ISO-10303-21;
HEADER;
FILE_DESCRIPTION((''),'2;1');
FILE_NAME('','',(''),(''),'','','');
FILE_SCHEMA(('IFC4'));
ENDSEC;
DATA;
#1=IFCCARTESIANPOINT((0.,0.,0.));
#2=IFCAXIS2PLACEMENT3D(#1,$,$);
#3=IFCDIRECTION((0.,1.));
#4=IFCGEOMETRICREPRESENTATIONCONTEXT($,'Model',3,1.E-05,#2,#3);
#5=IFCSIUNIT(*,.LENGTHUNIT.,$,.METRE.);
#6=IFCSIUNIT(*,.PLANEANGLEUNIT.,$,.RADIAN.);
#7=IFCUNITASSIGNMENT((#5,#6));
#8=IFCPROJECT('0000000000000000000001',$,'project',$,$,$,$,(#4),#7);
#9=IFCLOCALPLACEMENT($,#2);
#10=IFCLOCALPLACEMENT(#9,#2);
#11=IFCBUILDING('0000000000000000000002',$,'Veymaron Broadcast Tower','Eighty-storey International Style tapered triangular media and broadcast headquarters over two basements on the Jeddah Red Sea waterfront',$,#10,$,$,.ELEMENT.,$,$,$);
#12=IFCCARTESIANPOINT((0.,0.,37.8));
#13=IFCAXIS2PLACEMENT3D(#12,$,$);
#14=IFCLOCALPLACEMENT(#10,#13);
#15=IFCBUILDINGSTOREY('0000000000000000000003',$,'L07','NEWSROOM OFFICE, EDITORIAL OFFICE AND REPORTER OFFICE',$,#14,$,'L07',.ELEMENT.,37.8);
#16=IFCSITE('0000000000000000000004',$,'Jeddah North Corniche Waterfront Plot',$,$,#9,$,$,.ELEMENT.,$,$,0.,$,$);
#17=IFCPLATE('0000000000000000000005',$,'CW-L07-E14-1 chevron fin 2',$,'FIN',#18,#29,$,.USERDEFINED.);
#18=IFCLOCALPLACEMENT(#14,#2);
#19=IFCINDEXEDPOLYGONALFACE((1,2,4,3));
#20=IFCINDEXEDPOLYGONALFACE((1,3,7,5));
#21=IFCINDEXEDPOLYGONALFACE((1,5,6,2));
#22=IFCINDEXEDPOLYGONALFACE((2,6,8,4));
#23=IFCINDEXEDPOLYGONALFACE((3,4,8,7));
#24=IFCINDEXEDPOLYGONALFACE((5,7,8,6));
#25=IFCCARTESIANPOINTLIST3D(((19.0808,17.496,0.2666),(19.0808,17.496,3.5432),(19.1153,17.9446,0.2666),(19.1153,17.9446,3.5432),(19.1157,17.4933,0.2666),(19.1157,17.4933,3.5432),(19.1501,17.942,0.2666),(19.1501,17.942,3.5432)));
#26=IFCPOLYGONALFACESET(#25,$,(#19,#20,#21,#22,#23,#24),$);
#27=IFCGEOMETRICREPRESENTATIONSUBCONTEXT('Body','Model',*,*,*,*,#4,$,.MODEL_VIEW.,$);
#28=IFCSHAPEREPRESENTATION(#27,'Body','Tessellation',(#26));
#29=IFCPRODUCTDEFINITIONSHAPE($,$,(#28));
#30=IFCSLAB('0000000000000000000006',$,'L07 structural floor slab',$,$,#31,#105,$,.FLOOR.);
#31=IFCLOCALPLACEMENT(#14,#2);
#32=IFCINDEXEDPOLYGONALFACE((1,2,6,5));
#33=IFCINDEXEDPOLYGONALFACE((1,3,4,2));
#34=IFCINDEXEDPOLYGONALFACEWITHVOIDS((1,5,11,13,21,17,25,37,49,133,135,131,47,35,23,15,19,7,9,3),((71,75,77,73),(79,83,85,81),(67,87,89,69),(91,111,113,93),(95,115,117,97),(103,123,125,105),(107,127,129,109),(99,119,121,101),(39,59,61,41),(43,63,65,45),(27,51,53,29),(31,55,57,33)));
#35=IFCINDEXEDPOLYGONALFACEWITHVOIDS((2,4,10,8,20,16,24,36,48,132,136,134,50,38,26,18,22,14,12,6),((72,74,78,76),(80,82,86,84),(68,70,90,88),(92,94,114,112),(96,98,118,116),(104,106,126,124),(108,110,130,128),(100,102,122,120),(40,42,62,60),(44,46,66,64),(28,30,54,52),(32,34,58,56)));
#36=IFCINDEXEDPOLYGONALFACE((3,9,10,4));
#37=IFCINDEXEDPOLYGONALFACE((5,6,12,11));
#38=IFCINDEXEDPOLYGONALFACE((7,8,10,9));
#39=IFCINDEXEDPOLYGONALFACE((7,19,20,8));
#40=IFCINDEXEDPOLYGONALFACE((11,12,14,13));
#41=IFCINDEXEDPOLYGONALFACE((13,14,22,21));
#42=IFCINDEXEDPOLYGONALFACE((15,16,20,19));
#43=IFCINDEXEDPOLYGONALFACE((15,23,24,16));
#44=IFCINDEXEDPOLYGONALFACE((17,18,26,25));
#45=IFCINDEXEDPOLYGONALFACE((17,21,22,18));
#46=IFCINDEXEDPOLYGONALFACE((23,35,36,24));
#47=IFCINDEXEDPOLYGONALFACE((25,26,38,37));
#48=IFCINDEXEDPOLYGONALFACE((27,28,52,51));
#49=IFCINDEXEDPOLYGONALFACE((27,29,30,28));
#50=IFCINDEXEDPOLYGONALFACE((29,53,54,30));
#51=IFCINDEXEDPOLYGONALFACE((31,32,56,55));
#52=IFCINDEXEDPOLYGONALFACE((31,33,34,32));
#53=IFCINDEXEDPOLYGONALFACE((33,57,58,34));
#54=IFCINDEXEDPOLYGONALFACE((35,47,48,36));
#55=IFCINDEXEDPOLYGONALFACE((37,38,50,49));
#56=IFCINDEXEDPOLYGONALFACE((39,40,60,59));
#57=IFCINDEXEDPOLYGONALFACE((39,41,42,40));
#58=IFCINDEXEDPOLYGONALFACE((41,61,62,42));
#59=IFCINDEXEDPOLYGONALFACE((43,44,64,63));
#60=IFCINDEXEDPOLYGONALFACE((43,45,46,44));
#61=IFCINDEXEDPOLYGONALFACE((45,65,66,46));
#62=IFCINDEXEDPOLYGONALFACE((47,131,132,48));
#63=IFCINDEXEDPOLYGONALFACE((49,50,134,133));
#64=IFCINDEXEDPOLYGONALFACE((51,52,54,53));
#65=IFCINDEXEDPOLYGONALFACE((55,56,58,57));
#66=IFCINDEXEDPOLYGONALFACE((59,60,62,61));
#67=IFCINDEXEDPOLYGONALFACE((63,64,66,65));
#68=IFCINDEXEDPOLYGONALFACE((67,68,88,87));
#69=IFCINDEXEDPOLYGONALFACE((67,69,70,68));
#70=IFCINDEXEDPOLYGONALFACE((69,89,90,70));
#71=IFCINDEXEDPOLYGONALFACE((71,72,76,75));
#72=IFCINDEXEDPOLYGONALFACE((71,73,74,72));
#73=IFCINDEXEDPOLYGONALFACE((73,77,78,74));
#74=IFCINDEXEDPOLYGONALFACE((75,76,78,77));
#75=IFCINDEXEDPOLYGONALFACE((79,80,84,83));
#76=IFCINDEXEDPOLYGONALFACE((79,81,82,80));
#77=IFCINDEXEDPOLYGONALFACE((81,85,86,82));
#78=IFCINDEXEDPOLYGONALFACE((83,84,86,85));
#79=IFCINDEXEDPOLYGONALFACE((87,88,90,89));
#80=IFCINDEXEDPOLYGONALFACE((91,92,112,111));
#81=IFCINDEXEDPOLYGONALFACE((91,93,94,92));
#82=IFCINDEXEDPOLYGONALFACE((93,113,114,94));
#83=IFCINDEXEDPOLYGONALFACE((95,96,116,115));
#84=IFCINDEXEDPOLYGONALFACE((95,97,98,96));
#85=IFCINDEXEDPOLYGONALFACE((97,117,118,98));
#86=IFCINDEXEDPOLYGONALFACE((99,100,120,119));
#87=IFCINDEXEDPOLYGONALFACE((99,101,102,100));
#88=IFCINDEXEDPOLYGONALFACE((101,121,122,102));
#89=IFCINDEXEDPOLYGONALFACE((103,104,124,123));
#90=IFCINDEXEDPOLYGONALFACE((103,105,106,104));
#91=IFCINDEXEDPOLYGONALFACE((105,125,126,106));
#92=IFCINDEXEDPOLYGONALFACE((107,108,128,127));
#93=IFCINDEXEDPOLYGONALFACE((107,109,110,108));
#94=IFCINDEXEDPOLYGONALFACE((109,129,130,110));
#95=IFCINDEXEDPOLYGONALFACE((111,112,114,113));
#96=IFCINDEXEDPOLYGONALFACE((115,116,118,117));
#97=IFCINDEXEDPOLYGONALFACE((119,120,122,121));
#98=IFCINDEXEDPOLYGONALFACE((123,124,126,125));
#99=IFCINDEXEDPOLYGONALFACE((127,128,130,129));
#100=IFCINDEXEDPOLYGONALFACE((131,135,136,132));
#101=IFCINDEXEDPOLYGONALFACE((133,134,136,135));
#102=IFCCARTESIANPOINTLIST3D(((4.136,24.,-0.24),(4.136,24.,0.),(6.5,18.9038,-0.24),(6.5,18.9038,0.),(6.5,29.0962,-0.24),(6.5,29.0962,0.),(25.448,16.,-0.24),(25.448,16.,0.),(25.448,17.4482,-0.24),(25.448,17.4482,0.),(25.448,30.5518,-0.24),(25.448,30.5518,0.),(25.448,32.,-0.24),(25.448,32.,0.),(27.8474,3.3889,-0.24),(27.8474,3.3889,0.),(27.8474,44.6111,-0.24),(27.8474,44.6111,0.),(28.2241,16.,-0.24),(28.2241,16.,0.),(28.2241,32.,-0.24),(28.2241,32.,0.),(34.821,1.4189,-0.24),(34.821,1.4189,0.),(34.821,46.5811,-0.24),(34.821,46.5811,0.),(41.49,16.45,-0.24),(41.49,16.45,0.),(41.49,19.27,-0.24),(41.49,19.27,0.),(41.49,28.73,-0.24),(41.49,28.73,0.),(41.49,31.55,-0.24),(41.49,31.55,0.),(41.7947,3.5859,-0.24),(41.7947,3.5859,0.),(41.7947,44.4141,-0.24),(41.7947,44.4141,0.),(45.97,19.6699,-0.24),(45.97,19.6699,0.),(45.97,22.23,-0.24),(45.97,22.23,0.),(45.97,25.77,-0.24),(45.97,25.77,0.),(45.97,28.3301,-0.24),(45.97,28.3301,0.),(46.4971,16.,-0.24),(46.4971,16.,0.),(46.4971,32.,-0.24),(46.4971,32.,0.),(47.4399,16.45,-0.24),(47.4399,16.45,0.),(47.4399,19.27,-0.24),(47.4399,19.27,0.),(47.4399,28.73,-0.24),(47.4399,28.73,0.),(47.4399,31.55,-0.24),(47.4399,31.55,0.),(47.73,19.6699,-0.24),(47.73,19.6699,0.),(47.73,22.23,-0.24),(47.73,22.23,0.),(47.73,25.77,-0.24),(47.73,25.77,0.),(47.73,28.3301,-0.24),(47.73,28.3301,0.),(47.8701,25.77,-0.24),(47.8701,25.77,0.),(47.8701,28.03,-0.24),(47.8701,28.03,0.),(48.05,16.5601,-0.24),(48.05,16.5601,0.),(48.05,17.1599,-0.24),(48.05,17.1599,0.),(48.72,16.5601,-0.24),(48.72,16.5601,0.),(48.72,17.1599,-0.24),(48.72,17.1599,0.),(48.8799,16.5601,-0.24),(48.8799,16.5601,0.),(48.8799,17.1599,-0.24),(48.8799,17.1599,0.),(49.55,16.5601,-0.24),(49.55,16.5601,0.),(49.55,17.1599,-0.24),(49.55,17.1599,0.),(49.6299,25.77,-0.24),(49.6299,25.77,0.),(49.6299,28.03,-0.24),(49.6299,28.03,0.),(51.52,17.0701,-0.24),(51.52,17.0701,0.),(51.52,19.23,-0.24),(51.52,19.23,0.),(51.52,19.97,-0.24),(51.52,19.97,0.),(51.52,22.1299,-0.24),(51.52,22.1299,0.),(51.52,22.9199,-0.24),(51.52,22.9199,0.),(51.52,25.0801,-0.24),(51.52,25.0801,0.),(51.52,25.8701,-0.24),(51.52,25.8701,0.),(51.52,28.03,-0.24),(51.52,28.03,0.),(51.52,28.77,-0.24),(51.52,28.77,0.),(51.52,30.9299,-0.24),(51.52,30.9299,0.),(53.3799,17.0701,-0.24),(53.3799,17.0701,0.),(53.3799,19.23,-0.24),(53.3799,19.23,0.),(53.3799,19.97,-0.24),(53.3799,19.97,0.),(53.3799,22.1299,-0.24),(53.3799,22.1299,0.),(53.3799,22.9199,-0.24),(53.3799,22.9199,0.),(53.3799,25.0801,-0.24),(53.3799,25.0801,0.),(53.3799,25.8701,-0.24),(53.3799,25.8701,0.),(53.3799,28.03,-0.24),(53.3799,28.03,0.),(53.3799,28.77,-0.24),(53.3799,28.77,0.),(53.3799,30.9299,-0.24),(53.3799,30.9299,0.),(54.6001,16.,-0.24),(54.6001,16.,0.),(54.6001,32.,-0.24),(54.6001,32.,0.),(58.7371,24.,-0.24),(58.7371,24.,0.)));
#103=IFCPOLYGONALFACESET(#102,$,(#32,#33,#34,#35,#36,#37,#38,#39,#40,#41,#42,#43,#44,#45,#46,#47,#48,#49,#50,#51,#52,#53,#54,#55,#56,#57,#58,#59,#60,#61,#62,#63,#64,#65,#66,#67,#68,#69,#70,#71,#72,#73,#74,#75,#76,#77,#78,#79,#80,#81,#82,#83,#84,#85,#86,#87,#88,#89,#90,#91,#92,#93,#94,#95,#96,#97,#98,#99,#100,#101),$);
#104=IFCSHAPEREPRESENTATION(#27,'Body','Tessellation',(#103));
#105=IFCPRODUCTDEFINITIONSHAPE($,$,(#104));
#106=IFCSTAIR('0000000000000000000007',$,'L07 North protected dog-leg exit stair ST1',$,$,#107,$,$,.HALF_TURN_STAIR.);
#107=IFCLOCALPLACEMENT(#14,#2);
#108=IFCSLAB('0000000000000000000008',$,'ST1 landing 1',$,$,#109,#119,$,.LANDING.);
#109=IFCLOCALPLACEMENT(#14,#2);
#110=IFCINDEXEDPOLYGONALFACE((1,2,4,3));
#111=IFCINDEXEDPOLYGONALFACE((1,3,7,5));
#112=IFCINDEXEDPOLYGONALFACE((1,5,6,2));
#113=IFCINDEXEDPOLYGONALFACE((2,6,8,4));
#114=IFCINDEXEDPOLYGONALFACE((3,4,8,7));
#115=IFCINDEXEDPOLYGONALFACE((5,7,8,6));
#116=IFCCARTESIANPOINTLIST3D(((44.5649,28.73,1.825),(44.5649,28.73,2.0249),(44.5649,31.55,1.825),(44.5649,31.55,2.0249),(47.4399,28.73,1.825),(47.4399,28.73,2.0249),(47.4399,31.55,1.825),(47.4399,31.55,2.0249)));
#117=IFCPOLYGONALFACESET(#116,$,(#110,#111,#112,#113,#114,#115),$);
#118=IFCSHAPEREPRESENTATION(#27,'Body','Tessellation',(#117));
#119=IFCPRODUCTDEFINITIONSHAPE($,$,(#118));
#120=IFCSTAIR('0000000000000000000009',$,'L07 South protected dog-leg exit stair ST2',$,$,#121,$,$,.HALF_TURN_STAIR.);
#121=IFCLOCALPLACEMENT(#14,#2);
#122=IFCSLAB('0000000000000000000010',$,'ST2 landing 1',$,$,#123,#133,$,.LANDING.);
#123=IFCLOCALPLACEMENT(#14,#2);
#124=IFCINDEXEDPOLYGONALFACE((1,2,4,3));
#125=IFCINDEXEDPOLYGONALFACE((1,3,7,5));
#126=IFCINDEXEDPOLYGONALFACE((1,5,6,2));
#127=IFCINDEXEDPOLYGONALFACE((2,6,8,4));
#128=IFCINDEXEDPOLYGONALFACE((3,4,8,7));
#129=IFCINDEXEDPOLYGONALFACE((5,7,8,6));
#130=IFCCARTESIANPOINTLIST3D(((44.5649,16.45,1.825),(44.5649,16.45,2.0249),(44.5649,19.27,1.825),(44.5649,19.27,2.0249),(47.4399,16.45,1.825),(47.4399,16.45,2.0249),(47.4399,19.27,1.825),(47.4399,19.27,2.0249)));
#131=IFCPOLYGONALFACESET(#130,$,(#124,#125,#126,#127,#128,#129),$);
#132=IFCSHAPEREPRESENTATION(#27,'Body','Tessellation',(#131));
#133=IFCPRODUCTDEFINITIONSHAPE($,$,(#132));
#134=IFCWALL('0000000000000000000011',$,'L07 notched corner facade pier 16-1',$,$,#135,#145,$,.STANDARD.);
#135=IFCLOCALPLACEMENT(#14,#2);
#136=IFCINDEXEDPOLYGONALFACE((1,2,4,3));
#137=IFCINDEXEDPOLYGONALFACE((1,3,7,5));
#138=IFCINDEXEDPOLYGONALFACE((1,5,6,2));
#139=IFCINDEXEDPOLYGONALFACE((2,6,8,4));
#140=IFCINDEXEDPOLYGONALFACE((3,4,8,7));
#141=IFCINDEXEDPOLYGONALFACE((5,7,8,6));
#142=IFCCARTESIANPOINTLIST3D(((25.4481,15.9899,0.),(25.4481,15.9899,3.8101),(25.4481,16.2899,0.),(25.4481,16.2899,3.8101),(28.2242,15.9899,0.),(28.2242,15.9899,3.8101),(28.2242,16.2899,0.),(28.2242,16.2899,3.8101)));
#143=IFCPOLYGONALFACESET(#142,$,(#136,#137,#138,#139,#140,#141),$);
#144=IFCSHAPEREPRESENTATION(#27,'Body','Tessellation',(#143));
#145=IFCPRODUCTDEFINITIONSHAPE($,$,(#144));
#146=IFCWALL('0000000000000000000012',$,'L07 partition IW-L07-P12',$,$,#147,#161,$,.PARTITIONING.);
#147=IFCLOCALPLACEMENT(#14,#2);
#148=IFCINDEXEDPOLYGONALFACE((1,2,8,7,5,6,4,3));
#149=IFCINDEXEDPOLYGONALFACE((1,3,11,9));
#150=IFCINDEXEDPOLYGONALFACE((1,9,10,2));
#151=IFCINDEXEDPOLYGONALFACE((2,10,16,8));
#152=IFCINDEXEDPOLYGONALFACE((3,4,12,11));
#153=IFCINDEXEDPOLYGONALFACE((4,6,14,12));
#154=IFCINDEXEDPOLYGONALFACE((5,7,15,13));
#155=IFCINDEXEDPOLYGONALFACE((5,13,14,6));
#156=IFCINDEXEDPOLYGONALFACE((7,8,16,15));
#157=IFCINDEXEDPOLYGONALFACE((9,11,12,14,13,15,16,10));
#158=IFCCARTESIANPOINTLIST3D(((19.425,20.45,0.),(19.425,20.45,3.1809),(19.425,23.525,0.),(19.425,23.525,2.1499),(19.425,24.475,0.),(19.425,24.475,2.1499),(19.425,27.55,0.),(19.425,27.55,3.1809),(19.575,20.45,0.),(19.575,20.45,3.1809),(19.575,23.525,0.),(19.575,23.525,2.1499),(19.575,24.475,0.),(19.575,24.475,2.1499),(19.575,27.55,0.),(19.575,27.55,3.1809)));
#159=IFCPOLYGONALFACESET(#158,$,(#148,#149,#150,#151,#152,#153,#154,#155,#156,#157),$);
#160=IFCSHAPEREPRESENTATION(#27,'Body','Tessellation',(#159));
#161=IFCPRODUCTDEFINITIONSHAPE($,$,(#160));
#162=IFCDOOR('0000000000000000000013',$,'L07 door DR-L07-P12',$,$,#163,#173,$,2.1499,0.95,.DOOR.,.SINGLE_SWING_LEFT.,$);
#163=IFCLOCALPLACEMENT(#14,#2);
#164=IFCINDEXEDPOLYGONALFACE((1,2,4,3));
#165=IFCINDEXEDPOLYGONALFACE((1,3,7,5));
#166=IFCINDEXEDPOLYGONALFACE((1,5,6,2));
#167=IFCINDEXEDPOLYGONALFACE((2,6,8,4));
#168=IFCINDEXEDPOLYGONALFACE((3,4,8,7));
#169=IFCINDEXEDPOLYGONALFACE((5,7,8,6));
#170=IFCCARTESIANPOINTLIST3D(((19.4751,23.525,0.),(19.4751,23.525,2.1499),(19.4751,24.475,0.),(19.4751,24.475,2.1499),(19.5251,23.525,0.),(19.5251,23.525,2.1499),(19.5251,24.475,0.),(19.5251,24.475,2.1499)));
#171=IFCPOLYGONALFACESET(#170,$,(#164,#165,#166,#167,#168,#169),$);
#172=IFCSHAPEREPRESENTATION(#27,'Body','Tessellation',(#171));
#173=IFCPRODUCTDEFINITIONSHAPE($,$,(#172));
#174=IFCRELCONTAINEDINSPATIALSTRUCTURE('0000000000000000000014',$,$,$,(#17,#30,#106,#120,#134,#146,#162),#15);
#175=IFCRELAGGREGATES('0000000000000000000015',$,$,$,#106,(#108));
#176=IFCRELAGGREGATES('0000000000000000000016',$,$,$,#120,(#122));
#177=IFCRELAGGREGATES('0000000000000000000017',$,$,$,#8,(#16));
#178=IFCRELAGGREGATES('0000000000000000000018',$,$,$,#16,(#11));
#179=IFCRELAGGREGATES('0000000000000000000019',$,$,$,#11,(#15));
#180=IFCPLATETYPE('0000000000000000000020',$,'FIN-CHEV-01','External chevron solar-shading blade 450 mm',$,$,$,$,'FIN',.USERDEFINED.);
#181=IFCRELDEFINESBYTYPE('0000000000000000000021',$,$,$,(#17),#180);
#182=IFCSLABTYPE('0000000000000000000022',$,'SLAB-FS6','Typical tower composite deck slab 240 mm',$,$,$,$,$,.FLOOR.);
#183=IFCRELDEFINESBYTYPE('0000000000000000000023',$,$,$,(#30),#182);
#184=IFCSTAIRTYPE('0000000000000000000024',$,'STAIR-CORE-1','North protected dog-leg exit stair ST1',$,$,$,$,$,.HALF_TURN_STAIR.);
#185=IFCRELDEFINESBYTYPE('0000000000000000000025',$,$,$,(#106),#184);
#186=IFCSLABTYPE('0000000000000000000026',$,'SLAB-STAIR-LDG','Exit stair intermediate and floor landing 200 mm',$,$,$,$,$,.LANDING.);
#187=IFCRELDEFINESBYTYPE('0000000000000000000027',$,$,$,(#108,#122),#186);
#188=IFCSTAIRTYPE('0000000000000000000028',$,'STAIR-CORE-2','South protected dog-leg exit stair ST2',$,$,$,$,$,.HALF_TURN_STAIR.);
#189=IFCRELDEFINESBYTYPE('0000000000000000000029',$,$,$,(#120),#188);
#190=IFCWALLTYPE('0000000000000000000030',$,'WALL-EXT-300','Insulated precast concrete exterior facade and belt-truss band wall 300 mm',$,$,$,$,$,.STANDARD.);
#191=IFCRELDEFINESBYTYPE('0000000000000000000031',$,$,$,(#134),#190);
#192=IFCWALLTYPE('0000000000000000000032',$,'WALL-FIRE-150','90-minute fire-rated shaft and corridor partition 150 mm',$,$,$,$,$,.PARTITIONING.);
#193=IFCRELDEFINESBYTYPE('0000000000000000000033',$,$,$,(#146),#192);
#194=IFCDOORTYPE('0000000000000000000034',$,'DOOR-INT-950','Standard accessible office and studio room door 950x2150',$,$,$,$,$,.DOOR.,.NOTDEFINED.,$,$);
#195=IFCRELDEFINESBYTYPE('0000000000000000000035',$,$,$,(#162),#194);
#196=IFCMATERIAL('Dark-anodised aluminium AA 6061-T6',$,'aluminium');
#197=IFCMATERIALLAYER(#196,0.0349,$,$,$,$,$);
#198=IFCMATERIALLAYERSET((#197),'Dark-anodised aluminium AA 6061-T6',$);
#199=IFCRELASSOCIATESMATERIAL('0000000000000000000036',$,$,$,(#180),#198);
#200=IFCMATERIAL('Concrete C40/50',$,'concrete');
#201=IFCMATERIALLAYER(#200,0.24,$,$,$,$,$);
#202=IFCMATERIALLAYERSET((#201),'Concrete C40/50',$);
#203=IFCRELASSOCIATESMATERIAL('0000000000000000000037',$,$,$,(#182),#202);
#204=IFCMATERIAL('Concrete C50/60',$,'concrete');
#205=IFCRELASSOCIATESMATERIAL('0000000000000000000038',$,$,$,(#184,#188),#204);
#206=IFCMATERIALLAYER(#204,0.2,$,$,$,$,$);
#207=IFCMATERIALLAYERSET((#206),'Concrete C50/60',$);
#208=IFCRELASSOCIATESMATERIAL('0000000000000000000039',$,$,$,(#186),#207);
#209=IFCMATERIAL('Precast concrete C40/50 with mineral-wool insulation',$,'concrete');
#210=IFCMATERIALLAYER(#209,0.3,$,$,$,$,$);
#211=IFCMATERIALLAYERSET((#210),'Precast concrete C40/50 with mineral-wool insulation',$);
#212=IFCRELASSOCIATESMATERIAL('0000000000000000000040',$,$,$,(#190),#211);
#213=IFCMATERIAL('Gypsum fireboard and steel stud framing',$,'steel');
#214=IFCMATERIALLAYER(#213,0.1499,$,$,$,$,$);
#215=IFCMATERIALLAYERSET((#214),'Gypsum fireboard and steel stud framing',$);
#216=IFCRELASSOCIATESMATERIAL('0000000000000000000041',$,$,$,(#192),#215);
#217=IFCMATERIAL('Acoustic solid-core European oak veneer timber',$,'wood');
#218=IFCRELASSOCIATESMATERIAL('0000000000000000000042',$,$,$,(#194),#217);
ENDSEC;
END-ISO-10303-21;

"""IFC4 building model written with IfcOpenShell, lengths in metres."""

from ifc_helpers import new_model, si_unit, direction, frame, frame_2d, origin, origin_2d, place, context, subcontext, project, spatial, polyline, rectangle, outline, extrude, material, layer, layer_set, type_object, element, fill, aggregate, save


model = new_model("IFC4")

# Units and contexts
model_context = context("Model", 3, precision=1e-05, world=origin(), true_north=direction((0.0, 1.0)))
body_context = subcontext(model_context, "Body", "Model", "MODEL_VIEW")
ifc_project = project(units=[si_unit("LENGTHUNIT", "METRE"), si_unit("PLANEANGLEUNIT", "RADIAN")], contexts=[model_context])

# Site, building, storey
site_placement = place(None, origin())
site = spatial("IfcSite", under=ifc_project, at=site_placement, Name="Jeddah North Corniche Waterfront Plot", CompositionType="ELEMENT", RefElevation=0.0)
building_placement = place(site_placement, origin())
building = spatial("IfcBuilding", under=site, at=building_placement, Name="Veymaron Broadcast Tower", Description="Eighty-storey International Style tapered triangular media and broadcast headquarters over two basements on the Jeddah Red Sea waterfront", CompositionType="ELEMENT")
storey_placement = place(building_placement, frame((0.0, 0.0, 37.8)))
storey = spatial("IfcBuildingStorey", under=building, at=storey_placement, Name="L07", Description="NEWSROOM OFFICE, EDITORIAL OFFICE AND REPORTER OFFICE", LongName="L07", CompositionType="ELEMENT", Elevation=37.8)

# Plate
ifc_material_1 = material(Name="Dark-anodised aluminium AA 6061-T6", Category="aluminium")
ifc_layer_1 = layer(ifc_material_1, 0.0349)
ifc_layer_set_1 = layer_set([ifc_layer_1], Name="Dark-anodised aluminium AA 6061-T6")
plate_type_1 = type_object("IfcPlateType", Name="FIN-CHEV-01", Description="External chevron solar-shading blade 450 mm", ElementType="FIN", PredefinedType="USERDEFINED", material=ifc_layer_set_1)
for number, where, z_axis, x_axis, name in (
    (1, (19.1155, 17.719, 0.2666), (0.0, 0.0, 1.0), (-0.076597, -0.997062, 0.0), "CW-L07-E14-1 chevron fin 2"),
):
    element("IfcPlate", number, at=place(storey_placement, frame(where, z_axis=z_axis, x_axis=x_axis)), inside=storey, type_object=plate_type_1, Name=name, ObjectType="FIN", PredefinedType="USERDEFINED", context=body_context, shape_type="SweptSolid", body=[
        extrude(rectangle(XDim=0.45, YDim=0.0349, at=origin_2d()), origin(), (0.0, 0.0, 1.0), 3.2766),
    ])

# Slab
ifc_material_2 = material(Name="Concrete C40/50", Category="concrete")
ifc_layer_2 = layer(ifc_material_2, 0.24)
ifc_layer_set_2 = layer_set([ifc_layer_2], Name="Concrete C40/50")
slab_type_1 = type_object("IfcSlabType", Name="SLAB-FS6", Description="Typical tower composite deck slab 240 mm", PredefinedType="FLOOR", material=ifc_layer_set_2)
slab_1_placement = place(storey_placement, frame((0.0, 0.0, -0.24)))
element("IfcSlab", 2, at=slab_1_placement, inside=storey, type_object=slab_type_1, Name="L07 structural floor slab", PredefinedType="FLOOR", context=body_context, shape_type="SweptSolid", body=[
    extrude(outline(polyline([(46.4971, 16.0), (54.6001, 16.0), (58.7371, 24.0), (54.6001, 32.0), (46.4971, 32.0), (41.7947, 44.4141), (34.821, 46.5811), (27.8474, 44.6111), (28.2241, 32.0), (25.448, 32.0), (25.448, 30.5518), (6.5, 29.0962), (4.136, 24.0), (6.5, 18.9038), (25.448, 17.4482), (25.448, 16.0), (28.2241, 16.0), (27.8474, 3.3889), (34.821, 1.4189), (41.7947, 3.5859), (46.4971, 16.0)]), holes=[polyline([(45.97, 28.3301), (47.73, 28.3301), (47.73, 25.77), (45.97, 25.77), (45.97, 28.3301)]), polyline([(45.97, 22.23), (47.73, 22.23), (47.73, 19.6699), (45.97, 19.6699), (45.97, 22.23)]), polyline([(47.8701, 28.03), (49.6299, 28.03), (49.6299, 25.77), (47.8701, 25.77), (47.8701, 28.03)]), polyline([(51.52, 30.9299), (53.3799, 30.9299), (53.3799, 28.77), (51.52, 28.77), (51.52, 30.9299)]), polyline([(51.52, 28.03), (53.3799, 28.03), (53.3799, 25.8701), (51.52, 25.8701), (51.52, 28.03)]), polyline([(51.52, 22.1299), (53.3799, 22.1299), (53.3799, 19.97), (51.52, 19.97), (51.52, 22.1299)]), polyline([(51.52, 25.0801), (53.3799, 25.0801), (53.3799, 22.9199), (51.52, 22.9199), (51.52, 25.0801)]), polyline([(51.52, 19.23), (53.3799, 19.23), (53.3799, 17.0701), (51.52, 17.0701), (51.52, 19.23)]), polyline([(48.05, 17.1599), (48.72, 17.1599), (48.72, 16.5601), (48.05, 16.5601), (48.05, 17.1599)]), polyline([(48.8799, 17.1599), (49.55, 17.1599), (49.55, 16.5601), (48.8799, 16.5601), (48.8799, 17.1599)]), polyline([(41.49, 31.55), (47.4399, 31.55), (47.4399, 28.73), (41.49, 28.73), (41.49, 31.55)]), polyline([(41.49, 19.27), (47.4399, 19.27), (47.4399, 16.45), (41.49, 16.45), (41.49, 19.27)])]), origin(), (0.0, 0.0, 1.0), 0.24),
])

# Stairs, slabs
ifc_material_3 = material(Name="Concrete C50/60", Category="concrete")
stair_type_1 = type_object("IfcStairType", Name="STAIR-CORE-1", Description="North protected dog-leg exit stair ST1", PredefinedType="HALF_TURN_STAIR", material=ifc_material_3)
stair_1_placement = place(storey_placement, origin())
stair_1 = element("IfcStair", 3, at=stair_1_placement, inside=storey, type_object=stair_type_1, Name="L07 North protected dog-leg exit stair ST1", PredefinedType="HALF_TURN_STAIR")
ifc_layer_3 = layer(ifc_material_3, 0.2)
ifc_layer_set_3 = layer_set([ifc_layer_3], Name="Concrete C50/60")
slab_type_2 = type_object("IfcSlabType", Name="SLAB-STAIR-LDG", Description="Exit stair intermediate and floor landing 200 mm", PredefinedType="LANDING", material=ifc_layer_set_3)
slab_2_placement = place(storey_placement, frame((0.0, 0.0, 1.825)))
slab_2 = element("IfcSlab", 4, at=slab_2_placement, type_object=slab_type_2, Name="ST1 landing 1", PredefinedType="LANDING", context=body_context, shape_type="SweptSolid", body=[
    extrude(outline(polyline([(44.5649, 28.73), (47.4399, 28.73), (47.4399, 31.55), (44.5649, 31.55), (44.5649, 28.73)])), origin(), (0.0, 0.0, 1.0), 0.2),
])
aggregate(stair_1, [slab_2])
stair_type_2 = type_object("IfcStairType", Name="STAIR-CORE-2", Description="South protected dog-leg exit stair ST2", PredefinedType="HALF_TURN_STAIR", material=ifc_material_3)
stair_2_placement = place(storey_placement, origin())
stair_2 = element("IfcStair", 5, at=stair_2_placement, inside=storey, type_object=stair_type_2, Name="L07 South protected dog-leg exit stair ST2", PredefinedType="HALF_TURN_STAIR")
slab_3_placement = place(storey_placement, frame((0.0, 0.0, 1.825)))
slab_3 = element("IfcSlab", 6, at=slab_3_placement, type_object=slab_type_2, Name="ST2 landing 1", PredefinedType="LANDING", context=body_context, shape_type="SweptSolid", body=[
    extrude(outline(polyline([(44.5649, 16.45), (47.4399, 16.45), (47.4399, 19.27), (44.5649, 19.27), (44.5649, 16.45)])), origin(), (0.0, 0.0, 1.0), 0.2),
])
aggregate(stair_2, [slab_3])

# Wall
ifc_material_4 = material(Name="Precast concrete C40/50 with mineral-wool insulation", Category="concrete")
ifc_layer_4 = layer(ifc_material_4, 0.3)
ifc_layer_set_4 = layer_set([ifc_layer_4], Name="Precast concrete C40/50 with mineral-wool insulation")
wall_type_1 = type_object("IfcWallType", Name="WALL-EXT-300", Description="Insulated precast concrete exterior facade and belt-truss band wall 300 mm", PredefinedType="STANDARD", material=ifc_layer_set_4)
wall_1_placement = place(storey_placement, frame((25.448, 16.1399, 0.0), z_axis=(0.0, 0.0, 1.0), x_axis=(1.0, 0.0, 0.0)))
element("IfcWall", 7, at=wall_1_placement, inside=storey, type_object=wall_type_1, Name="L07 notched corner facade pier 16-1", PredefinedType="STANDARD", context=body_context, shape_type="SweptSolid", body=[
    extrude(rectangle(XDim=2.7761, YDim=0.3, at=frame_2d((1.3882, 0.0))), origin(), (0.0, 0.0, 1.0), 3.8101),
])

# Wall, opening, door
ifc_material_5 = material(Name="Gypsum fireboard and steel stud framing", Category="steel")
ifc_layer_5 = layer(ifc_material_5, 0.1499)
ifc_layer_set_5 = layer_set([ifc_layer_5], Name="Gypsum fireboard and steel stud framing")
wall_type_2 = type_object("IfcWallType", Name="WALL-FIRE-150", Description="90-minute fire-rated shaft and corridor partition 150 mm", PredefinedType="PARTITIONING", material=ifc_layer_set_5)
wall_2_placement = place(storey_placement, frame((19.5, 20.45, 0.0), z_axis=(0.0, 0.0, 1.0), x_axis=(0.0, 1.0, 0.0)))
wall_2 = element("IfcWall", 8, at=wall_2_placement, inside=storey, type_object=wall_type_2, Name="L07 partition IW-L07-P12", PredefinedType="PARTITIONING", context=body_context, shape_type="SweptSolid", body=[
    extrude(rectangle(XDim=7.1001, YDim=0.1499, at=frame_2d((3.55, 0.0))), origin(), (0.0, 0.0, 1.0), 3.1809),
])
opening_1_placement = place(wall_2_placement, frame((3.075, 0.0, 0.0)))
opening_1 = element("IfcOpeningElement", 9, at=opening_1_placement, cuts=wall_2, PredefinedType="OPENING", context=body_context, shape_type="SweptSolid", body=[
    extrude(rectangle(XDim=0.95, YDim=2.1499, at=frame_2d((0.4751, 1.075))), frame((0.0, 0.085, 0.0), z_axis=(0.0, -1.0, 0.0), x_axis=(1.0, 0.0, 0.0)), (0.0, 0.0, 1.0), 0.1699),
])
ifc_material_6 = material(Name="Acoustic solid-core European oak veneer timber", Category="wood")
door_type = type_object("IfcDoorType", Name="DOOR-INT-950", Description="Standard accessible office and studio room door 950x2150", OperationType="NOTDEFINED", PredefinedType="DOOR", material=ifc_material_6)
door_1_placement = place(opening_1_placement, origin())
door_1 = element("IfcDoor", 10, at=door_1_placement, inside=storey, type_object=door_type, Name="L07 door DR-L07-P12", OperationType="SINGLE_SWING_LEFT", OverallHeight=2.1499, OverallWidth=0.95, PredefinedType="DOOR", context=body_context, shape_type="SweptSolid", body=[
    extrude(rectangle(XDim=0.95, YDim=2.1499, at=frame_2d((0.4751, 1.075))), frame((0.0, 0.0249, 0.0), z_axis=(0.0, -1.0, 0.0), x_axis=(1.0, 0.0, 0.0)), (0.0, 0.0, 1.0), 0.05),
])
fill(opening_1, door_1)

save(model, "model.ifc")
